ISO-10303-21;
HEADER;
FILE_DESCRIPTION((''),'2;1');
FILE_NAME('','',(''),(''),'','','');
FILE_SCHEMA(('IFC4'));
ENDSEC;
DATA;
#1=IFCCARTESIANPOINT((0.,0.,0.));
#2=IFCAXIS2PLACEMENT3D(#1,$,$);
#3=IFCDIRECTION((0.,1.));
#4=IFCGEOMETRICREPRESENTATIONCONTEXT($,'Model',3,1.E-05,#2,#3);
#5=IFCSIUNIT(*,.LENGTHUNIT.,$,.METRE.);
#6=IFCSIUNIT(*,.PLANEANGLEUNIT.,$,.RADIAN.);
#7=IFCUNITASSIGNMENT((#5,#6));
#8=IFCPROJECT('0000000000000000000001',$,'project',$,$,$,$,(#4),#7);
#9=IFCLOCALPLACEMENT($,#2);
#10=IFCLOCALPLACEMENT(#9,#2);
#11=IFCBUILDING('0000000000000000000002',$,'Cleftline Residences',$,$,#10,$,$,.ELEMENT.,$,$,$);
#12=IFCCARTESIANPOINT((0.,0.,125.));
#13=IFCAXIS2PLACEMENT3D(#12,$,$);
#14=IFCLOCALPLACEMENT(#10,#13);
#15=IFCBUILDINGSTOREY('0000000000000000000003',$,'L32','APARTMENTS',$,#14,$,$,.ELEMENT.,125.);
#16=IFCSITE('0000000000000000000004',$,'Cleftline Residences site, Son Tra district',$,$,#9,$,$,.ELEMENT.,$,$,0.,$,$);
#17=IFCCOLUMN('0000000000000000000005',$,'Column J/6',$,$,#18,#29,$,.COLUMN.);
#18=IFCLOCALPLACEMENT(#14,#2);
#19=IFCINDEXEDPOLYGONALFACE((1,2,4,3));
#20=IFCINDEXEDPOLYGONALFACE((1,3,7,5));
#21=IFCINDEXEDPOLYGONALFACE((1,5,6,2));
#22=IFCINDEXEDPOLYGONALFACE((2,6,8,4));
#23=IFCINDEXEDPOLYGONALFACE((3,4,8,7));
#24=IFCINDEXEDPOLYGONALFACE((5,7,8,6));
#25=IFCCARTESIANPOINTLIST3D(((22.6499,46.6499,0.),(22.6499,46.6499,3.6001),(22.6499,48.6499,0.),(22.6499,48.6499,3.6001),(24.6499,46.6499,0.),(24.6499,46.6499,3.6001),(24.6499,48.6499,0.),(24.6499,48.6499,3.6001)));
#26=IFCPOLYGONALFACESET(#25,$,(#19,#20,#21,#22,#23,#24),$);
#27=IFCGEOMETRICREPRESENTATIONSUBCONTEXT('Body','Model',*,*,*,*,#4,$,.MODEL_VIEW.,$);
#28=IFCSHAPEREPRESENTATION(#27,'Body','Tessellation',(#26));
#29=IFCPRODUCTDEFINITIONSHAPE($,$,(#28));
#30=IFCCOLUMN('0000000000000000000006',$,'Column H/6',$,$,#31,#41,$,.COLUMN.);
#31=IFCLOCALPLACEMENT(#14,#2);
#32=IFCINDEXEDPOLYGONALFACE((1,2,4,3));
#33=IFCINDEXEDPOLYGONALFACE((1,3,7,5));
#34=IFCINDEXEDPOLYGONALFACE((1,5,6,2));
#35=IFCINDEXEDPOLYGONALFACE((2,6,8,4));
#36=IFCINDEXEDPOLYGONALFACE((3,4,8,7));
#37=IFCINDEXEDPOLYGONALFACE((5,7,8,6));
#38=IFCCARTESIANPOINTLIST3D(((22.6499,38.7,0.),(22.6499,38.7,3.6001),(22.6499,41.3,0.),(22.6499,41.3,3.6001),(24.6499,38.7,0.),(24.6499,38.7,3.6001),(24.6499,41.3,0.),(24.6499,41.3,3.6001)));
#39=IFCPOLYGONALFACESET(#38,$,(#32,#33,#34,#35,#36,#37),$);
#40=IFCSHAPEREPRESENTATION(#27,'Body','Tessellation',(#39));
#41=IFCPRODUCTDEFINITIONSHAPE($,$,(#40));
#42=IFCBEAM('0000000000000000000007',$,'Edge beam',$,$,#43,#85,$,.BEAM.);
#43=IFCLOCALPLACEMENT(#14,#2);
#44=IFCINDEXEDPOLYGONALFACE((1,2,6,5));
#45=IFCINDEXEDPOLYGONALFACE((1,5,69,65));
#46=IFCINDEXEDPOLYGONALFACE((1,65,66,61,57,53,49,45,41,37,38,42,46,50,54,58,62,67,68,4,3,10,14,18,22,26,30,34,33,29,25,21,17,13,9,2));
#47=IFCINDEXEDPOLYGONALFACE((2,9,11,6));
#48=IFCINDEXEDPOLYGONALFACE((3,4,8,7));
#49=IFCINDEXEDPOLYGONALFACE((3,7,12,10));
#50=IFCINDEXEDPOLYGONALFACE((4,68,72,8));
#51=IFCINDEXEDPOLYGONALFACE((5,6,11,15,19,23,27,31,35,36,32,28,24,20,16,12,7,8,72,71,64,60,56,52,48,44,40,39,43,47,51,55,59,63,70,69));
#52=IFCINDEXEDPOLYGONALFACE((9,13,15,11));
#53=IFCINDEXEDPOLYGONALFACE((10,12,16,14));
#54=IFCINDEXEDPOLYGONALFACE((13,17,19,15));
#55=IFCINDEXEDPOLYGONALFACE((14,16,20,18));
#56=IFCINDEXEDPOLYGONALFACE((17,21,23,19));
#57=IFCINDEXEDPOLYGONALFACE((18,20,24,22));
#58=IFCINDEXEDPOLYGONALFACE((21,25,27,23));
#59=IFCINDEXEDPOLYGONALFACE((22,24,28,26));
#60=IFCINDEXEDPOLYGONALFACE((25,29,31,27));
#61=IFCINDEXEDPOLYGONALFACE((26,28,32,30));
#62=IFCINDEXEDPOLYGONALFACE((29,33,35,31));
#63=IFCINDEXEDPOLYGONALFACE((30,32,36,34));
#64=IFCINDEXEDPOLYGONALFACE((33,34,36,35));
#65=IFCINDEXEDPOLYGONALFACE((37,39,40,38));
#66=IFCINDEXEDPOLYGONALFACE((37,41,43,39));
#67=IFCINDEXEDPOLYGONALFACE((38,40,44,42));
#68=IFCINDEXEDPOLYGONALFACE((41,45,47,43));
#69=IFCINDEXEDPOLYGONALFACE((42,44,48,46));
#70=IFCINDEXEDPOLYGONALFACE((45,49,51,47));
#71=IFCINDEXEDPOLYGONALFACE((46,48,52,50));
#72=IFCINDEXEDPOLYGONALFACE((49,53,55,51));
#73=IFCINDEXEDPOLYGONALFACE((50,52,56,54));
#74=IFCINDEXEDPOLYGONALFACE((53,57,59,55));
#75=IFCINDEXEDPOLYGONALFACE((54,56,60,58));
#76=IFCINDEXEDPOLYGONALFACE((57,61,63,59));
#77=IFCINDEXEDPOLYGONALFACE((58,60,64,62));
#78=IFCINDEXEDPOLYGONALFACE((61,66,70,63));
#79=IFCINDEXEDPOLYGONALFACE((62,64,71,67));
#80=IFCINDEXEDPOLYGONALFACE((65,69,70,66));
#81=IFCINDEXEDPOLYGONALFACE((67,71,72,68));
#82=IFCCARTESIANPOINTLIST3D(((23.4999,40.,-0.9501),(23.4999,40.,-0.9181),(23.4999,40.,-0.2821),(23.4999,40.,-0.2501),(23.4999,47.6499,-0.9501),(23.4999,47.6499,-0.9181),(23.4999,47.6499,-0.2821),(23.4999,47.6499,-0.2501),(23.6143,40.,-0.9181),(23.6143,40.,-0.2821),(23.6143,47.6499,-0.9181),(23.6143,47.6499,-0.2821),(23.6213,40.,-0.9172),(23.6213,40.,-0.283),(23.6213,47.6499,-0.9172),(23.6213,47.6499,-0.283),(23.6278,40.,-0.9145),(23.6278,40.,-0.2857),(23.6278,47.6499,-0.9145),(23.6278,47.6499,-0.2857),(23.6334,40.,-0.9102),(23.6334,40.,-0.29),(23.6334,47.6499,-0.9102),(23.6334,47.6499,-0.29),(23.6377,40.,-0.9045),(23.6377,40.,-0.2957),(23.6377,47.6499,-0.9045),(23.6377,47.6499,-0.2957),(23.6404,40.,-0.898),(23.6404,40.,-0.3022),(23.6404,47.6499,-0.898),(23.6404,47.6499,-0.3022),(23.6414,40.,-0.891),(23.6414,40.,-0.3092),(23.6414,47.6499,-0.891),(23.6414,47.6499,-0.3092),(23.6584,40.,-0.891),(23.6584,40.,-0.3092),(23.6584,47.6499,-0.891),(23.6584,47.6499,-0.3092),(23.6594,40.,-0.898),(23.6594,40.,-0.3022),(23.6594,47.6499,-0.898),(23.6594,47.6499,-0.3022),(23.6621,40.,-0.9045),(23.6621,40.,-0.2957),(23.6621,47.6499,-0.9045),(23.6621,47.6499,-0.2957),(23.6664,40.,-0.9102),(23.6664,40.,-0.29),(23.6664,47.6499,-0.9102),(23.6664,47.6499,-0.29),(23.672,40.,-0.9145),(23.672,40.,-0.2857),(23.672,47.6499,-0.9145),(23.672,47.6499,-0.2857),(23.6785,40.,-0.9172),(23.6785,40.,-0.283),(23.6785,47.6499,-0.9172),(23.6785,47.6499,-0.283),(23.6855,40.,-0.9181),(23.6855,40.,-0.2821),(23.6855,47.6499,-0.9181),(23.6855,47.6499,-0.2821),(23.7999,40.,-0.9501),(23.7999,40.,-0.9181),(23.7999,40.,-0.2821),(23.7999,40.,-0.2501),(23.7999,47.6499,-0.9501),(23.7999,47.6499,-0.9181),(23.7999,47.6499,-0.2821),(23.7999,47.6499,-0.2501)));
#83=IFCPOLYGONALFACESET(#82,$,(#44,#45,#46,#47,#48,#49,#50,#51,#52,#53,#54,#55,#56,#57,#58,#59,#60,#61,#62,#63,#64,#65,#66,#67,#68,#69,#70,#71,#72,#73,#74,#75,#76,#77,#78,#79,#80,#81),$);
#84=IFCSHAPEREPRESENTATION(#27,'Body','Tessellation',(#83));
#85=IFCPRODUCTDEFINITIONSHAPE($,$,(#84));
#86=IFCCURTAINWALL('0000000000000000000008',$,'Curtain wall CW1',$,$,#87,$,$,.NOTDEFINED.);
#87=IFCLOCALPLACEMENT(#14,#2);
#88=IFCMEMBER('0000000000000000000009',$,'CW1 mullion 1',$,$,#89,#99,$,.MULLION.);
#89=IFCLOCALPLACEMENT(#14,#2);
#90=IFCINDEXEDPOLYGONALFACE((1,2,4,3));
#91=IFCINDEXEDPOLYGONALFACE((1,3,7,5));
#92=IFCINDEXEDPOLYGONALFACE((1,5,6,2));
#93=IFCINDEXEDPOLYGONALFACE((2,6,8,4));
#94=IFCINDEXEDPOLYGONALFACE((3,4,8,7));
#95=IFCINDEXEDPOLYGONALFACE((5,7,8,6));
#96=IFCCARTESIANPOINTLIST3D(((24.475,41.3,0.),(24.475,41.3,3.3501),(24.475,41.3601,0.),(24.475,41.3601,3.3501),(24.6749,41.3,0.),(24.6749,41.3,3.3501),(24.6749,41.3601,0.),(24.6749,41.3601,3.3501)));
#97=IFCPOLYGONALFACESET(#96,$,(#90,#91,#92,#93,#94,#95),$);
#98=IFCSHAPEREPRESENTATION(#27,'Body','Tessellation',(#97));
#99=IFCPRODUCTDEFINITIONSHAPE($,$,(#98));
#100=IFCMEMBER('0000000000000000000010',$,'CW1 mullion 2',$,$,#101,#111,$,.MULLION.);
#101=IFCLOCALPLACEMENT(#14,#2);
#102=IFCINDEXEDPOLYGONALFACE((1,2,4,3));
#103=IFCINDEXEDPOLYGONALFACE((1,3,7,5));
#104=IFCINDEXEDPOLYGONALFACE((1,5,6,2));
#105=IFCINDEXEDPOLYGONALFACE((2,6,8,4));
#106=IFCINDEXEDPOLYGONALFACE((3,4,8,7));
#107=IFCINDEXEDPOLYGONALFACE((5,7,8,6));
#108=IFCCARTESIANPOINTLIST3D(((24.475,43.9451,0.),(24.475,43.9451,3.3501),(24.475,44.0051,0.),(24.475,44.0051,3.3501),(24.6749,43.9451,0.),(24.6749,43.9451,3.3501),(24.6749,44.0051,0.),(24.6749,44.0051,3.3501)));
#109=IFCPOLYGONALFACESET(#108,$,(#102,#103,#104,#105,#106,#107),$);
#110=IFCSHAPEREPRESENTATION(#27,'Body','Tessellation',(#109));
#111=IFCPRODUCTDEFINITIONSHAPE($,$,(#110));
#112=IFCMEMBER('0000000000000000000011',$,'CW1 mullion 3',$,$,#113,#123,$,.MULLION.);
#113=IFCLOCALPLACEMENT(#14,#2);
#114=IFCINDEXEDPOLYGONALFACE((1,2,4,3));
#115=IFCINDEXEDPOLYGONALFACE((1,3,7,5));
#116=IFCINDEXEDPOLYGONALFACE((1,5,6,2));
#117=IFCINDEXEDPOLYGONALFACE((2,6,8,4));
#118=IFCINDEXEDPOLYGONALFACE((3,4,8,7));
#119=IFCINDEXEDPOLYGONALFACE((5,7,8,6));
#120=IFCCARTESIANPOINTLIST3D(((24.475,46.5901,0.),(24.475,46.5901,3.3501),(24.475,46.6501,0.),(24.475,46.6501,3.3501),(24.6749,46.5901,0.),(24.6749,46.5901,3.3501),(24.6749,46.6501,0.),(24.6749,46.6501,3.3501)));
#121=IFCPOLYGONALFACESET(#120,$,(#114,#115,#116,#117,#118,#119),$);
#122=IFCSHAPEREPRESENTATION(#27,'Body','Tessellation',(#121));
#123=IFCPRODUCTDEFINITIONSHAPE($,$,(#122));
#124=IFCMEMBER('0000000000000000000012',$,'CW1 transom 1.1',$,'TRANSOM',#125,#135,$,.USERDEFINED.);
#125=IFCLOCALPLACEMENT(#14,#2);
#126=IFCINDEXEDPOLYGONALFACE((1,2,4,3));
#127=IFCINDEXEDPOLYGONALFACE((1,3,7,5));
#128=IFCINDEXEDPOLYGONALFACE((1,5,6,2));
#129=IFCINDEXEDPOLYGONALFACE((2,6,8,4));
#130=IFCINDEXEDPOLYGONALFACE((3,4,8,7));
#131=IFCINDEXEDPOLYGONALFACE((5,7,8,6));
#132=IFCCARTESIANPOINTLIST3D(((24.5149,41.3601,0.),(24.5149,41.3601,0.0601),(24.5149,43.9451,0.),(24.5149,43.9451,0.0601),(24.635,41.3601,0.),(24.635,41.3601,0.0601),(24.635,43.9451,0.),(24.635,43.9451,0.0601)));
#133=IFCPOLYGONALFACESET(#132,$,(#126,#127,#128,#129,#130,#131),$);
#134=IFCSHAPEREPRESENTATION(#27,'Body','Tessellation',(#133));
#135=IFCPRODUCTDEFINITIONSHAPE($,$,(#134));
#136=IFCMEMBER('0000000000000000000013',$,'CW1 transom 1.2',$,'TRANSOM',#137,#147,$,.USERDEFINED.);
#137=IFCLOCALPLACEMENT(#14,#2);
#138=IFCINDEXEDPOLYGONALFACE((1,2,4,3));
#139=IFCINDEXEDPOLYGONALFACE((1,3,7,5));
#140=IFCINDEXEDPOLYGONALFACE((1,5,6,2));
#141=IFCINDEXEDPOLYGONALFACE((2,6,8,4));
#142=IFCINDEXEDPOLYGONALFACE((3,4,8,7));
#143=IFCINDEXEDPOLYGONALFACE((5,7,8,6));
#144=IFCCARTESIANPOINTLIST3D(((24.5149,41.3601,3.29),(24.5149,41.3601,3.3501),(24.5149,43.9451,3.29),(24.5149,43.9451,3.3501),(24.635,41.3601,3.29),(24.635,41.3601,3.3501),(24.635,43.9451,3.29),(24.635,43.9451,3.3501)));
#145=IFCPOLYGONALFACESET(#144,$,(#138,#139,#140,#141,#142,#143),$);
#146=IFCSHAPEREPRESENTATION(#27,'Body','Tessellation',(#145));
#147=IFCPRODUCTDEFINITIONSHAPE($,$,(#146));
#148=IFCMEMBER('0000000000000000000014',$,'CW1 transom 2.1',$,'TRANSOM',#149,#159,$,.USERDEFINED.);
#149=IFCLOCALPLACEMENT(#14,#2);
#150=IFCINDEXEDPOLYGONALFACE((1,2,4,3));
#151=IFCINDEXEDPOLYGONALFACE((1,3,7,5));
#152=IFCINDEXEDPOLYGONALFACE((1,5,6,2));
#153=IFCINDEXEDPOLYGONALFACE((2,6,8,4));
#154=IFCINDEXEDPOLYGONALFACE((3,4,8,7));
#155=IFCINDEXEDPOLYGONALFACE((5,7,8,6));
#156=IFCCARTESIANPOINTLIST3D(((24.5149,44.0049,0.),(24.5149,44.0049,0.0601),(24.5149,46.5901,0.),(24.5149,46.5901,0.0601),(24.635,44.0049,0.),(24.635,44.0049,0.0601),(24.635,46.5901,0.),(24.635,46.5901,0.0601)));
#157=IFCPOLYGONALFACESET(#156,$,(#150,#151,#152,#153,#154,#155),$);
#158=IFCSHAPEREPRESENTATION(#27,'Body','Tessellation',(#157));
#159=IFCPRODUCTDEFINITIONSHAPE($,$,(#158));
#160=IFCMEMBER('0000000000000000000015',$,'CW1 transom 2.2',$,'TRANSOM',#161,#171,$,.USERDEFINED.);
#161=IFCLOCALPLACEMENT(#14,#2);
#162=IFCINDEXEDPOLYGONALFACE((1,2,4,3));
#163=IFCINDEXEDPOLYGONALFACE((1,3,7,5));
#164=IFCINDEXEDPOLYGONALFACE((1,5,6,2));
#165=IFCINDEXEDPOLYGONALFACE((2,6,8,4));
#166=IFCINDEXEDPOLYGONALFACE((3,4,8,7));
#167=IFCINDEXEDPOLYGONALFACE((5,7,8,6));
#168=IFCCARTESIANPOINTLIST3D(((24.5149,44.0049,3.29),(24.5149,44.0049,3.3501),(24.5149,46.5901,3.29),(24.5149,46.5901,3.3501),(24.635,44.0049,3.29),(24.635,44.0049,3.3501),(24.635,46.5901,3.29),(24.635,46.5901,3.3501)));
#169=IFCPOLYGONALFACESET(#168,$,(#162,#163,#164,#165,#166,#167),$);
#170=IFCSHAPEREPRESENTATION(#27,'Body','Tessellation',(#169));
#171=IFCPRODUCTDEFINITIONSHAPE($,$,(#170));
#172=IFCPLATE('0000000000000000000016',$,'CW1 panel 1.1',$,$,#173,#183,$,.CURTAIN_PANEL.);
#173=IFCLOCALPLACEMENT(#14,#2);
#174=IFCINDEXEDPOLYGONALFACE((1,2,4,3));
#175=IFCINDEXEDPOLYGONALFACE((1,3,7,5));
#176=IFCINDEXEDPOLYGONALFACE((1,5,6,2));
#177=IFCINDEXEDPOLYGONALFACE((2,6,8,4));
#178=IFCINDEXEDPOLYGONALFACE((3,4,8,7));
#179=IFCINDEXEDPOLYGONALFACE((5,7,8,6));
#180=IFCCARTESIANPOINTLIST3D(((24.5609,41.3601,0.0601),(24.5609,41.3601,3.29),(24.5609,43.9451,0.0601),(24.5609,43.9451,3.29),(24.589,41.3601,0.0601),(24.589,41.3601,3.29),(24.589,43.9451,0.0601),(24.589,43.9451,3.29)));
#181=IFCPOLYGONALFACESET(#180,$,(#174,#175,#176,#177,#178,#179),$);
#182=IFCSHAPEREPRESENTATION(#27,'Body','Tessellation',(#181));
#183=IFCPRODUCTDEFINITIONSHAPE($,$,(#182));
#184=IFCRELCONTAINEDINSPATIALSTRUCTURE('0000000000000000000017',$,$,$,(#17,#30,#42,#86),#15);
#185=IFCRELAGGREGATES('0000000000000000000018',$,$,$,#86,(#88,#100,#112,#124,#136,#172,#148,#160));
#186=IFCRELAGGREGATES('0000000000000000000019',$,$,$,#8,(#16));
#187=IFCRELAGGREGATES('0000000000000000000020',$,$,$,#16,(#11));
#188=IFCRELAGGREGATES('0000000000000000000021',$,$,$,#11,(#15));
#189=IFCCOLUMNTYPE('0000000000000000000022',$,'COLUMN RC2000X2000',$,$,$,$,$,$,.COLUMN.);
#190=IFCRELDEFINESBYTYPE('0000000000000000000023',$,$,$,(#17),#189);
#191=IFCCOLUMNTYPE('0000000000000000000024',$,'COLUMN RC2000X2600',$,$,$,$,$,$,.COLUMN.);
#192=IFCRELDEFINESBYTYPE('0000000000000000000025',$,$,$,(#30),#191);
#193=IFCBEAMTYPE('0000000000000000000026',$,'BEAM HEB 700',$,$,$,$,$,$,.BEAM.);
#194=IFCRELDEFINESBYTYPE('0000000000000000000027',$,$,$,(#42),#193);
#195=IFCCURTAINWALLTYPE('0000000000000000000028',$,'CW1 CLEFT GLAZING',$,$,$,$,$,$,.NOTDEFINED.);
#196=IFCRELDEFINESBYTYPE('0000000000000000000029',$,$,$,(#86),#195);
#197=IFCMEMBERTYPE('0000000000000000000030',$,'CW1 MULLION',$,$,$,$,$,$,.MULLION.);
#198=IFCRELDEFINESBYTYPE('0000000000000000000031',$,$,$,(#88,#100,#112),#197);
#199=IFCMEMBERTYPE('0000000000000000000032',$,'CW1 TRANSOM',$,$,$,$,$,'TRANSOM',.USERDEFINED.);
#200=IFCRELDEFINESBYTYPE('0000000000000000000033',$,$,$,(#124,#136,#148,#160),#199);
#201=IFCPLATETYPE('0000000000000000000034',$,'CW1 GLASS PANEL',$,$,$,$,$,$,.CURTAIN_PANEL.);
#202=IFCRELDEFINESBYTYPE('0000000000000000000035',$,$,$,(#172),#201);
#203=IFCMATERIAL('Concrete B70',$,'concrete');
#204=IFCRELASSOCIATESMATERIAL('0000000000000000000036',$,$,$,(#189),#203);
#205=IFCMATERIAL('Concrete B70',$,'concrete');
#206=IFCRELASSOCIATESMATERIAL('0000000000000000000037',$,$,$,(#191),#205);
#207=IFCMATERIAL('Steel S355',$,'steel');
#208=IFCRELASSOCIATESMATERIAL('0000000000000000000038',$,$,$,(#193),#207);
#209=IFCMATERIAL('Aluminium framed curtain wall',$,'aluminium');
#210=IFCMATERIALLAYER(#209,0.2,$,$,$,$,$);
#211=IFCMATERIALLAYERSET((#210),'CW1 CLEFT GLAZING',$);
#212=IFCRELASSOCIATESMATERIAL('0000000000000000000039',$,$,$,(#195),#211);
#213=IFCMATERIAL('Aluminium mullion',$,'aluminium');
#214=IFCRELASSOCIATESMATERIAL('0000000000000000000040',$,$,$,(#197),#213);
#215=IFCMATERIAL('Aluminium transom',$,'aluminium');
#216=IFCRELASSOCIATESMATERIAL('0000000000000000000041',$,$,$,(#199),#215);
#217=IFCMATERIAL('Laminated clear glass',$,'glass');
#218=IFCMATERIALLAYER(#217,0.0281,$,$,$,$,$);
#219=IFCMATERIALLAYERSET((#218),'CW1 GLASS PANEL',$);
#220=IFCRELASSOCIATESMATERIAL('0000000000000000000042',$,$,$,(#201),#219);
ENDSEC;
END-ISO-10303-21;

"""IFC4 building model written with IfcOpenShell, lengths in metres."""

from ifc_helpers import new_model, si_unit, direction, frame, origin, origin_2d, place, context, subcontext, project, spatial, rectangle, i_section, extrude, material, layer, layer_set, material_profile, profile_set, type_object, element, aggregate, save


model = new_model("IFC4")

# Units and contexts
model_context = context("Model", 3, precision=1e-05, world=origin(), true_north=direction((0.0, 1.0)))
body_context = subcontext(model_context, "Body", "Model", "MODEL_VIEW")
ifc_project = project(units=[si_unit("LENGTHUNIT", "METRE"), si_unit("PLANEANGLEUNIT", "RADIAN")], contexts=[model_context])

# Site, building, storey
site_placement = place(None, origin())
site = spatial("IfcSite", under=ifc_project, at=site_placement, Name="Cleftline Residences site, Son Tra district", CompositionType="ELEMENT", RefElevation=0.0)
building_placement = place(site_placement, origin())
building = spatial("IfcBuilding", under=site, at=building_placement, Name="Cleftline Residences", CompositionType="ELEMENT")
storey_placement = place(building_placement, frame((0.0, 0.0, 125.0)))
storey = spatial("IfcBuildingStorey", under=building, at=storey_placement, Name="L32", Description="APARTMENTS", CompositionType="ELEMENT", Elevation=125.0)

# Columns
ifc_material_1 = material(Name="Concrete B70", Category="concrete")
ifc_material_profile_1 = material_profile(ifc_material_1, rectangle(XDim=2.0, YDim=2.0, at=origin_2d()))
ifc_profile_set_1 = profile_set([ifc_material_profile_1], Name="Concrete B70")
column_type_1 = type_object("IfcColumnType", Name="COLUMN RC2000X2000", PredefinedType="COLUMN", material=ifc_profile_set_1)
column_1_placement = place(storey_placement, frame((23.6499, 47.6499, 0.0), z_axis=(0.0, 0.0, 1.0), x_axis=(1.0, 0.0, 0.0)))
element("IfcColumn", 1, at=column_1_placement, inside=storey, type_object=column_type_1, Name="Column J/6", PredefinedType="COLUMN", context=body_context, shape_type="SweptSolid", body=[
    extrude(rectangle(XDim=2.0, YDim=2.0, at=origin_2d()), origin(), (0.0, 0.0, 1.0), 3.6001),
])
ifc_material_2 = material(Name="Concrete B70", Category="concrete")
ifc_material_profile_2 = material_profile(ifc_material_2, rectangle(XDim=2.0, YDim=2.6001, at=origin_2d()))
ifc_profile_set_2 = profile_set([ifc_material_profile_2], Name="Concrete B70")
column_type_2 = type_object("IfcColumnType", Name="COLUMN RC2000X2600", PredefinedType="COLUMN", material=ifc_profile_set_2)
column_2_placement = place(storey_placement, frame((23.6499, 40.0, 0.0), z_axis=(0.0, 0.0, 1.0), x_axis=(1.0, 0.0, 0.0)))
element("IfcColumn", 2, at=column_2_placement, inside=storey, type_object=column_type_2, Name="Column H/6", PredefinedType="COLUMN", context=body_context, shape_type="SweptSolid", body=[
    extrude(rectangle(XDim=2.0, YDim=2.6001, at=origin_2d()), origin(), (0.0, 0.0, 1.0), 3.6001),
])

# Beam
ifc_material_3 = material(Name="Steel S355", Category="steel")
ifc_material_profile_3 = material_profile(ifc_material_3, i_section(OverallWidth=0.3, OverallDepth=0.7, WebThickness=0.0171, FlangeThickness=0.032, FilletRadius=0.0271, at=origin_2d()))
ifc_profile_set_3 = profile_set([ifc_material_profile_3], Name="Steel S355")
beam_type = type_object("IfcBeamType", Name="BEAM HEB 700", PredefinedType="BEAM", material=ifc_profile_set_3)
beam_placement = place(storey_placement, frame((23.6499, 47.6499, -0.6001), z_axis=(0.0, -1.0, 0.0), x_axis=(1.0, 0.0, 0.0)))
element("IfcBeam", 3, at=beam_placement, inside=storey, type_object=beam_type, Name="Edge beam", PredefinedType="BEAM", context=body_context, shape_type="SweptSolid", body=[
    extrude(i_section(OverallWidth=0.3, OverallDepth=0.7, WebThickness=0.0171, FlangeThickness=0.032, FilletRadius=0.0271, at=origin_2d()), origin(), (0.0, 0.0, 1.0), 7.6499),
])

# Curtain wall, members, plate
ifc_material_4 = material(Name="Aluminium framed curtain wall", Category="aluminium")
ifc_layer_1 = layer(ifc_material_4, 0.2)
ifc_layer_set_1 = layer_set([ifc_layer_1], Name="CW1 CLEFT GLAZING")
curtain_wall_type = type_object("IfcCurtainWallType", Name="CW1 CLEFT GLAZING", PredefinedType="NOTDEFINED", material=ifc_layer_set_1)
curtain_wall_placement = place(storey_placement, origin())
curtain_wall = element("IfcCurtainWall", 4, at=curtain_wall_placement, inside=storey, type_object=curtain_wall_type, Name="Curtain wall CW1", PredefinedType="NOTDEFINED")
ifc_material_5 = material(Name="Aluminium mullion", Category="aluminium")
ifc_material_profile_4 = material_profile(ifc_material_5, rectangle(XDim=0.2, YDim=0.0601, at=origin_2d()))
ifc_profile_set_4 = profile_set([ifc_material_profile_4], Name="Aluminium mullion")
member_type_1 = type_object("IfcMemberType", Name="CW1 MULLION", PredefinedType="MULLION", material=ifc_profile_set_4)
member_1_placement = place(storey_placement, frame((24.575, 41.3301, 0.0), z_axis=(0.0, 0.0, 1.0), x_axis=(-1.0, 0.0, 0.0)))
member_1 = element("IfcMember", 5, at=member_1_placement, type_object=member_type_1, Name="CW1 mullion 1", PredefinedType="MULLION", context=body_context, shape_type="SweptSolid", body=[
    extrude(rectangle(XDim=0.2, YDim=0.0601, at=origin_2d()), origin(), (0.0, 0.0, 1.0), 3.3501),
])
member_2_placement = place(storey_placement, frame((24.575, 43.9751, 0.0), z_axis=(0.0, 0.0, 1.0), x_axis=(-1.0, 0.0, 0.0)))
member_2 = element("IfcMember", 6, at=member_2_placement, type_object=member_type_1, Name="CW1 mullion 2", PredefinedType="MULLION", context=body_context, shape_type="SweptSolid", body=[
    extrude(rectangle(XDim=0.2, YDim=0.0601, at=origin_2d()), origin(), (0.0, 0.0, 1.0), 3.3501),
])
member_3_placement = place(storey_placement, frame((24.575, 46.6201, 0.0), z_axis=(0.0, 0.0, 1.0), x_axis=(-1.0, 0.0, 0.0)))
member_3 = element("IfcMember", 7, at=member_3_placement, type_object=member_type_1, Name="CW1 mullion 3", PredefinedType="MULLION", context=body_context, shape_type="SweptSolid", body=[
    extrude(rectangle(XDim=0.2, YDim=0.0601, at=origin_2d()), origin(), (0.0, 0.0, 1.0), 3.3501),
])
ifc_material_6 = material(Name="Aluminium transom", Category="aluminium")
ifc_material_profile_5 = material_profile(ifc_material_6, rectangle(XDim=0.1201, YDim=0.0601, at=origin_2d()))
ifc_profile_set_5 = profile_set([ifc_material_profile_5], Name="Aluminium transom")
member_type_2 = type_object("IfcMemberType", Name="CW1 TRANSOM", ElementType="TRANSOM", PredefinedType="USERDEFINED", material=ifc_profile_set_5)
member_4_placement = place(storey_placement, frame((24.575, 41.3601, 0.03), z_axis=(0.0, 1.0, 0.0), x_axis=(-1.0, 0.0, 0.0)))
member_4 = element("IfcMember", 8, at=member_4_placement, type_object=member_type_2, Name="CW1 transom 1.1", ObjectType="TRANSOM", PredefinedType="USERDEFINED", context=body_context, shape_type="SweptSolid", body=[
    extrude(rectangle(XDim=0.1201, YDim=0.0601, at=origin_2d()), origin(), (0.0, 0.0, 1.0), 2.585),
])
member_5_placement = place(storey_placement, frame((24.575, 41.3601, 3.3201), z_axis=(0.0, 1.0, 0.0), x_axis=(-1.0, 0.0, 0.0)))
member_5 = element("IfcMember", 9, at=member_5_placement, type_object=member_type_2, Name="CW1 transom 1.2", ObjectType="TRANSOM", PredefinedType="USERDEFINED", context=body_context, shape_type="SweptSolid", body=[
    extrude(rectangle(XDim=0.1201, YDim=0.0601, at=origin_2d()), origin(), (0.0, 0.0, 1.0), 2.585),
])
member_6_placement = place(storey_placement, frame((24.575, 44.0049, 0.03), z_axis=(0.0, 1.0, 0.0), x_axis=(-1.0, 0.0, 0.0)))
member_6 = element("IfcMember", 10, at=member_6_placement, type_object=member_type_2, Name="CW1 transom 2.1", ObjectType="TRANSOM", PredefinedType="USERDEFINED", context=body_context, shape_type="SweptSolid", body=[
    extrude(rectangle(XDim=0.1201, YDim=0.0601, at=origin_2d()), origin(), (0.0, 0.0, 1.0), 2.5852),
])
member_7_placement = place(storey_placement, frame((24.575, 44.0049, 3.3201), z_axis=(0.0, 1.0, 0.0), x_axis=(-1.0, 0.0, 0.0)))
member_7 = element("IfcMember", 11, at=member_7_placement, type_object=member_type_2, Name="CW1 transom 2.2", ObjectType="TRANSOM", PredefinedType="USERDEFINED", context=body_context, shape_type="SweptSolid", body=[
    extrude(rectangle(XDim=0.1201, YDim=0.0601, at=origin_2d()), origin(), (0.0, 0.0, 1.0), 2.5852),
])
ifc_material_7 = material(Name="Laminated clear glass", Category="glass")
ifc_layer_2 = layer(ifc_material_7, 0.0281)
ifc_layer_set_2 = layer_set([ifc_layer_2], Name="CW1 GLASS PANEL")
plate_type = type_object("IfcPlateType", Name="CW1 GLASS PANEL", PredefinedType="CURTAIN_PANEL", material=ifc_layer_set_2)
plate_1_placement = place(storey_placement, frame((24.575, 42.6526, 0.0601), z_axis=(0.0, 0.0, 1.0), x_axis=(0.0, 1.0, 0.0)))
plate_1 = element("IfcPlate", 12, at=plate_1_placement, type_object=plate_type, Name="CW1 panel 1.1", PredefinedType="CURTAIN_PANEL", context=body_context, shape_type="SweptSolid", body=[
    extrude(rectangle(XDim=2.585, YDim=0.0281, at=origin_2d()), origin(), (0.0, 0.0, 1.0), 3.23),
])
aggregate(curtain_wall, [member_1, member_2, member_3, member_4, member_5, plate_1, member_6, member_7])

save(model, "model.ifc")
